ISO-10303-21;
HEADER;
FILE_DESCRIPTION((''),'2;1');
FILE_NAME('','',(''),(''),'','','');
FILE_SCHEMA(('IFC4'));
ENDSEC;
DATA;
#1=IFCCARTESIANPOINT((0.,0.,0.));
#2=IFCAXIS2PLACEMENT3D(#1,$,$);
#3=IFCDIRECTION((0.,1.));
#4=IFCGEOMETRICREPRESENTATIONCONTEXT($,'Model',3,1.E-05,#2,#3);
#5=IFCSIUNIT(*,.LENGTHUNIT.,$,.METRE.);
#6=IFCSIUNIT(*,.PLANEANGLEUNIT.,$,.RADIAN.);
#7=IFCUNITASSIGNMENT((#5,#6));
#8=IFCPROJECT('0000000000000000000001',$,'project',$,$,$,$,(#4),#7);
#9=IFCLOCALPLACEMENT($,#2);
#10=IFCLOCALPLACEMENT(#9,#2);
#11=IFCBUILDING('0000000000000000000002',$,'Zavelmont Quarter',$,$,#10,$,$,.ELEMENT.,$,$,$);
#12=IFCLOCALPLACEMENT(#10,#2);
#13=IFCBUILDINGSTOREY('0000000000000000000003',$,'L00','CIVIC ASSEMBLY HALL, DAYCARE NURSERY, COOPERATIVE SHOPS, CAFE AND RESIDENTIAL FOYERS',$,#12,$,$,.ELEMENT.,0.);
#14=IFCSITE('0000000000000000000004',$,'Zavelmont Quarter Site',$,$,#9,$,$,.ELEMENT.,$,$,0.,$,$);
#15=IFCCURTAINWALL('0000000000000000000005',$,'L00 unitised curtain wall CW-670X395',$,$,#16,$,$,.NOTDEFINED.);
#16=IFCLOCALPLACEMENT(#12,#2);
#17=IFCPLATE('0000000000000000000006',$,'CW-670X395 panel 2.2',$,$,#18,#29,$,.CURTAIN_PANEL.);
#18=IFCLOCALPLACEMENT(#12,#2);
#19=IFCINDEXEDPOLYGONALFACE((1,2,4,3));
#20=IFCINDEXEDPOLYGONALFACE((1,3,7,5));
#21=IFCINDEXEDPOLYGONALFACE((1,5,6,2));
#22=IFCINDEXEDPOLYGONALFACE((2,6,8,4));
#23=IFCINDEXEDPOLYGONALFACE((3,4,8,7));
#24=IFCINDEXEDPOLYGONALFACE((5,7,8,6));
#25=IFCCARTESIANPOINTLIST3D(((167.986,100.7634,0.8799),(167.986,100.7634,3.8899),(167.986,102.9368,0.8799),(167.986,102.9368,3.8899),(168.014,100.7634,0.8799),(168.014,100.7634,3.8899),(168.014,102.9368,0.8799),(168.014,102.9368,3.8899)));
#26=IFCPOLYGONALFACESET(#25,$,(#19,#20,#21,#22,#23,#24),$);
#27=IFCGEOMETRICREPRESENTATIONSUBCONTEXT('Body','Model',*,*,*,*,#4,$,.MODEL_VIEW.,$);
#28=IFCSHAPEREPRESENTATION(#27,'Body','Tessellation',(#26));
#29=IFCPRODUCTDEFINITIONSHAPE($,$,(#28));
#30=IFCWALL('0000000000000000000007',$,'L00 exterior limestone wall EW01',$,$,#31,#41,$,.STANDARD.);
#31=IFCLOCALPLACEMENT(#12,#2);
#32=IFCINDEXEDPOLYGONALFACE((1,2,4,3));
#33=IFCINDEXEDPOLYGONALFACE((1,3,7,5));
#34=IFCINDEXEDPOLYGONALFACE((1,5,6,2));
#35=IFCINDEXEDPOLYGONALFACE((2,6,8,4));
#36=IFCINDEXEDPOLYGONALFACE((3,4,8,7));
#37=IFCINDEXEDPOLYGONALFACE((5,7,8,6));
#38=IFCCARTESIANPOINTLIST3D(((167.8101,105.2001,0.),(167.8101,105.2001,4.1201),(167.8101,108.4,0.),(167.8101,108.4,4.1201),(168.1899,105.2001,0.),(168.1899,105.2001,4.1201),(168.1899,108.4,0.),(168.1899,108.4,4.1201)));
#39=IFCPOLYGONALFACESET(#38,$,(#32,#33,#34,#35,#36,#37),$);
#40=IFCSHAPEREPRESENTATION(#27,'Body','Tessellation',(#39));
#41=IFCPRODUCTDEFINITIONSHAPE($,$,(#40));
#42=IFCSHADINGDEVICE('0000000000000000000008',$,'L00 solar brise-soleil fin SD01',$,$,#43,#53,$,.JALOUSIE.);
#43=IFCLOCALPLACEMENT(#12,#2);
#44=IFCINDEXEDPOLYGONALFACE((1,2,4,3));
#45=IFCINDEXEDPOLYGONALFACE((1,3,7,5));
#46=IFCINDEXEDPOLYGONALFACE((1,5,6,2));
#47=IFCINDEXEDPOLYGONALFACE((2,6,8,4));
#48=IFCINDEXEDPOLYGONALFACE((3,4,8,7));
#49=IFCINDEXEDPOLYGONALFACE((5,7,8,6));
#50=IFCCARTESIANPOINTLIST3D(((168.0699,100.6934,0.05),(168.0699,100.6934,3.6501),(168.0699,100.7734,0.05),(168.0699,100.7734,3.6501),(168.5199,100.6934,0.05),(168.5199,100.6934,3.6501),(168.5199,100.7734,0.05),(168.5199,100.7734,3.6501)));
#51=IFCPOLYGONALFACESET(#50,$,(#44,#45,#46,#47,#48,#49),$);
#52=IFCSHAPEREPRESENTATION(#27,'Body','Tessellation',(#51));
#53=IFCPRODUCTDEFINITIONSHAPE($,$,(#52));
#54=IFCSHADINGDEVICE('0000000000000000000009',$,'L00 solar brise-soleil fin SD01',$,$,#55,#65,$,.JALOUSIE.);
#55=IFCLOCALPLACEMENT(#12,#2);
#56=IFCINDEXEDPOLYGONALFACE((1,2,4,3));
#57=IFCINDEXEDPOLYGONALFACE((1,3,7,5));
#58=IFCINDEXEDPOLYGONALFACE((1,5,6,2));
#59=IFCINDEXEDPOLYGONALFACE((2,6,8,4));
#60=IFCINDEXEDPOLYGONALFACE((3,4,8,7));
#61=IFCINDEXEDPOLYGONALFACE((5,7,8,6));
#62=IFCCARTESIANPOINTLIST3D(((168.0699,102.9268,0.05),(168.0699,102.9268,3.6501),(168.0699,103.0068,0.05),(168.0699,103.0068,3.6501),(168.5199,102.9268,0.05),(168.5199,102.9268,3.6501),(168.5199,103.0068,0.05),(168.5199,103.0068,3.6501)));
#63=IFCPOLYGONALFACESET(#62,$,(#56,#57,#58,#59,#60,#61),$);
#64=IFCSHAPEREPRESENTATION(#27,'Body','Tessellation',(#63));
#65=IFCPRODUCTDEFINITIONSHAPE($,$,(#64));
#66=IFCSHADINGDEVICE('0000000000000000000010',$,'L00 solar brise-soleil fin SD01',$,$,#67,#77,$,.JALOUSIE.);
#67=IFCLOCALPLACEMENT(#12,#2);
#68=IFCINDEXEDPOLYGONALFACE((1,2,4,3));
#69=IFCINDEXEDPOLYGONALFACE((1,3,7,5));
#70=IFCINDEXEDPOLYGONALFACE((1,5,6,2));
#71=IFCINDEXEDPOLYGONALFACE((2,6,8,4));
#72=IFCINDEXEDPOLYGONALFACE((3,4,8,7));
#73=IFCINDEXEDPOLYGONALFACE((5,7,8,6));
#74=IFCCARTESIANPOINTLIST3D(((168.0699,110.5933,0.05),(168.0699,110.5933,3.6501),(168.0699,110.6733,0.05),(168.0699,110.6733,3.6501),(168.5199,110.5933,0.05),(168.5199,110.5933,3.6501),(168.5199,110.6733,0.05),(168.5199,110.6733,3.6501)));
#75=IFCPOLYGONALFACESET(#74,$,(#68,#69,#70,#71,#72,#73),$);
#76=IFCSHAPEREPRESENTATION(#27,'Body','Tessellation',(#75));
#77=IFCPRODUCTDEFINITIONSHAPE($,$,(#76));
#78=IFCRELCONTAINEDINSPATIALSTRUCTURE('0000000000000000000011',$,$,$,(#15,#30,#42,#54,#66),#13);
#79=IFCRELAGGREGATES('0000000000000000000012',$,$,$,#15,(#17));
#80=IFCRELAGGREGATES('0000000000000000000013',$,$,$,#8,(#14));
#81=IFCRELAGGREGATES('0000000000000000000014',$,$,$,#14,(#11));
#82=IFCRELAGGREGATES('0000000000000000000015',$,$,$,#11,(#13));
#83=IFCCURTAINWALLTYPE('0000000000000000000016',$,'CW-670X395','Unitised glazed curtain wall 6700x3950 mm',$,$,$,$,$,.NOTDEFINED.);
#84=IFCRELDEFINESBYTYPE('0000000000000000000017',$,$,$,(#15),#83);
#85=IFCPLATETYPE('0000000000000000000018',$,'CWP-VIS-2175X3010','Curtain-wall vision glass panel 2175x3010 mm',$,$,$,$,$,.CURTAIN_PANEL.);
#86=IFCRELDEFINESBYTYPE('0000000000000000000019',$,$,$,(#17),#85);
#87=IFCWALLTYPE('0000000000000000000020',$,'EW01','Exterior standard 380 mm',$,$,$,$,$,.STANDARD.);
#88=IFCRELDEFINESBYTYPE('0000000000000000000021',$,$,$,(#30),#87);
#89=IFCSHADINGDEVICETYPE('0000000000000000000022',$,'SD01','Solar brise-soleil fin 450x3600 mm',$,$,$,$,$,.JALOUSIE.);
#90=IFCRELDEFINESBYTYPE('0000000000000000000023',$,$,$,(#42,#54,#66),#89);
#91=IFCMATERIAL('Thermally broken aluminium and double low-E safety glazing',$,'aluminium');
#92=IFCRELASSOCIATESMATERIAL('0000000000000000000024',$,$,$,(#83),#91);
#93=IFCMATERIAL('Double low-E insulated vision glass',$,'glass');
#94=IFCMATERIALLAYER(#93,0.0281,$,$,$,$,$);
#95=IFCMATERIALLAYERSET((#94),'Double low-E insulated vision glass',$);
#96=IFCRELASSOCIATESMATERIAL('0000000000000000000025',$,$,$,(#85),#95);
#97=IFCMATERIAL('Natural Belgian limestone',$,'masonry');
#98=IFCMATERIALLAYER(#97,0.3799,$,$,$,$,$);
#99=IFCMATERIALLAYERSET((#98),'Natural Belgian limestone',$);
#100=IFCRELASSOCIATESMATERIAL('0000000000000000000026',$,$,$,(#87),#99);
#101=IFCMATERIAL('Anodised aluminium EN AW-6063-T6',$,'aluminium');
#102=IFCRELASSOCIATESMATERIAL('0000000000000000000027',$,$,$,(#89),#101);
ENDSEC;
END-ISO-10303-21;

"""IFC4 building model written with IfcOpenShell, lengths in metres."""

from ifc_helpers import new_model, si_unit, direction, frame, frame_2d, origin, origin_2d, place, context, subcontext, project, spatial, rectangle, extrude, material, layer, layer_set, type_object, element, aggregate, save


model = new_model("IFC4")

# Units and contexts
model_context = context("Model", 3, precision=1e-05, world=origin(), true_north=direction((0.0, 1.0)))
body_context = subcontext(model_context, "Body", "Model", "MODEL_VIEW")
ifc_project = project(units=[si_unit("LENGTHUNIT", "METRE"), si_unit("PLANEANGLEUNIT", "RADIAN")], contexts=[model_context])

# Site, building, storey
site_placement = place(None, origin())
site = spatial("IfcSite", under=ifc_project, at=site_placement, Name="Zavelmont Quarter Site", CompositionType="ELEMENT", RefElevation=0.0)
building_placement = place(site_placement, origin())
building = spatial("IfcBuilding", under=site, at=building_placement, Name="Zavelmont Quarter", CompositionType="ELEMENT")
storey_placement = place(building_placement, origin())
storey = spatial("IfcBuildingStorey", under=building, at=storey_placement, Name="L00", Description="CIVIC ASSEMBLY HALL, DAYCARE NURSERY, COOPERATIVE SHOPS, CAFE AND RESIDENTIAL FOYERS", CompositionType="ELEMENT", Elevation=0.0)

# Curtain wall
ifc_material_1 = material(Name="Thermally broken aluminium and double low-E safety glazing", Category="aluminium")
curtain_wall_type = type_object("IfcCurtainWallType", Name="CW-670X395", Description="Unitised glazed curtain wall 6700x3950 mm", PredefinedType="NOTDEFINED", material=ifc_material_1)
curtain_wall_1_placement = place(storey_placement, origin())
curtain_wall_1 = element("IfcCurtainWall", 1, at=curtain_wall_1_placement, inside=storey, type_object=curtain_wall_type, Name="L00 unitised curtain wall CW-670X395", PredefinedType="NOTDEFINED")

# Plate
ifc_material_2 = material(Name="Double low-E insulated vision glass", Category="glass")
ifc_layer_1 = layer(ifc_material_2, 0.0281)
ifc_layer_set_1 = layer_set([ifc_layer_1], Name="Double low-E insulated vision glass")
plate_type_1 = type_object("IfcPlateType", Name="CWP-VIS-2175X3010", Description="Curtain-wall vision glass panel 2175x3010 mm", PredefinedType="CURTAIN_PANEL", material=ifc_layer_set_1)
plate_1_placement = place(storey_placement, frame((168.0, 101.8501, 0.8799), z_axis=(0.0, 0.0, 1.0), x_axis=(0.0, 1.0, 0.0)))
plate_1 = element("IfcPlate", 2, at=plate_1_placement, type_object=plate_type_1, Name="CW-670X395 panel 2.2", PredefinedType="CURTAIN_PANEL", context=body_context, shape_type="SweptSolid", body=[
    extrude(rectangle(XDim=2.1733, YDim=0.0281, at=origin_2d()), origin(), (0.0, 0.0, 1.0), 3.01),
])
aggregate(curtain_wall_1, [plate_1])

# Wall
ifc_material_3 = material(Name="Natural Belgian limestone", Category="masonry")
ifc_layer_2 = layer(ifc_material_3, 0.3799)
ifc_layer_set_2 = layer_set([ifc_layer_2], Name="Natural Belgian limestone")
wall_type = type_object("IfcWallType", Name="EW01", Description="Exterior standard 380 mm", PredefinedType="STANDARD", material=ifc_layer_set_2)
wall_placement = place(storey_placement, frame((168.0, 105.2, 0.0), z_axis=(0.0, 0.0, 1.0), x_axis=(0.0, 1.0, 0.0)))
element("IfcWall", 3, at=wall_placement, inside=storey, type_object=wall_type, Name="L00 exterior limestone wall EW01", PredefinedType="STANDARD", context=body_context, shape_type="SweptSolid", body=[
    extrude(rectangle(XDim=3.2, YDim=0.3799, at=frame_2d((1.6001, 0.0))), origin(), (0.0, 0.0, 1.0), 4.1201),
])

# Shading devices
ifc_material_4 = material(Name="Anodised aluminium EN AW-6063-T6", Category="aluminium")
shading_device_type = type_object("IfcShadingDeviceType", Name="SD01", Description="Solar brise-soleil fin 450x3600 mm", PredefinedType="JALOUSIE", material=ifc_material_4)
for number, where, z_axis, x_axis, name in (
    (4, (168.2949, 100.7334, 0.05), (0.0, 0.0, 1.0), (0.0, 1.0, 0.0), "L00 solar brise-soleil fin SD01"),
    (5, (168.2949, 102.9668, 0.05), (0.0, 0.0, 1.0), (0.0, 1.0, 0.0), "L00 solar brise-soleil fin SD01"),
    (6, (168.2949, 110.6333, 0.05), (0.0, 0.0, 1.0), (0.0, 1.0, 0.0), "L00 solar brise-soleil fin SD01"),
):
    element("IfcShadingDevice", number, at=place(storey_placement, frame(where, z_axis=z_axis, x_axis=x_axis)), inside=storey, type_object=shading_device_type, Name=name, PredefinedType="JALOUSIE", context=body_context, shape_type="SweptSolid", body=[
        extrude(rectangle(XDim=0.0801, YDim=0.45, at=origin_2d()), origin(), (0.0, 0.0, 1.0), 3.6001),
    ])

save(model, "model.ifc")
